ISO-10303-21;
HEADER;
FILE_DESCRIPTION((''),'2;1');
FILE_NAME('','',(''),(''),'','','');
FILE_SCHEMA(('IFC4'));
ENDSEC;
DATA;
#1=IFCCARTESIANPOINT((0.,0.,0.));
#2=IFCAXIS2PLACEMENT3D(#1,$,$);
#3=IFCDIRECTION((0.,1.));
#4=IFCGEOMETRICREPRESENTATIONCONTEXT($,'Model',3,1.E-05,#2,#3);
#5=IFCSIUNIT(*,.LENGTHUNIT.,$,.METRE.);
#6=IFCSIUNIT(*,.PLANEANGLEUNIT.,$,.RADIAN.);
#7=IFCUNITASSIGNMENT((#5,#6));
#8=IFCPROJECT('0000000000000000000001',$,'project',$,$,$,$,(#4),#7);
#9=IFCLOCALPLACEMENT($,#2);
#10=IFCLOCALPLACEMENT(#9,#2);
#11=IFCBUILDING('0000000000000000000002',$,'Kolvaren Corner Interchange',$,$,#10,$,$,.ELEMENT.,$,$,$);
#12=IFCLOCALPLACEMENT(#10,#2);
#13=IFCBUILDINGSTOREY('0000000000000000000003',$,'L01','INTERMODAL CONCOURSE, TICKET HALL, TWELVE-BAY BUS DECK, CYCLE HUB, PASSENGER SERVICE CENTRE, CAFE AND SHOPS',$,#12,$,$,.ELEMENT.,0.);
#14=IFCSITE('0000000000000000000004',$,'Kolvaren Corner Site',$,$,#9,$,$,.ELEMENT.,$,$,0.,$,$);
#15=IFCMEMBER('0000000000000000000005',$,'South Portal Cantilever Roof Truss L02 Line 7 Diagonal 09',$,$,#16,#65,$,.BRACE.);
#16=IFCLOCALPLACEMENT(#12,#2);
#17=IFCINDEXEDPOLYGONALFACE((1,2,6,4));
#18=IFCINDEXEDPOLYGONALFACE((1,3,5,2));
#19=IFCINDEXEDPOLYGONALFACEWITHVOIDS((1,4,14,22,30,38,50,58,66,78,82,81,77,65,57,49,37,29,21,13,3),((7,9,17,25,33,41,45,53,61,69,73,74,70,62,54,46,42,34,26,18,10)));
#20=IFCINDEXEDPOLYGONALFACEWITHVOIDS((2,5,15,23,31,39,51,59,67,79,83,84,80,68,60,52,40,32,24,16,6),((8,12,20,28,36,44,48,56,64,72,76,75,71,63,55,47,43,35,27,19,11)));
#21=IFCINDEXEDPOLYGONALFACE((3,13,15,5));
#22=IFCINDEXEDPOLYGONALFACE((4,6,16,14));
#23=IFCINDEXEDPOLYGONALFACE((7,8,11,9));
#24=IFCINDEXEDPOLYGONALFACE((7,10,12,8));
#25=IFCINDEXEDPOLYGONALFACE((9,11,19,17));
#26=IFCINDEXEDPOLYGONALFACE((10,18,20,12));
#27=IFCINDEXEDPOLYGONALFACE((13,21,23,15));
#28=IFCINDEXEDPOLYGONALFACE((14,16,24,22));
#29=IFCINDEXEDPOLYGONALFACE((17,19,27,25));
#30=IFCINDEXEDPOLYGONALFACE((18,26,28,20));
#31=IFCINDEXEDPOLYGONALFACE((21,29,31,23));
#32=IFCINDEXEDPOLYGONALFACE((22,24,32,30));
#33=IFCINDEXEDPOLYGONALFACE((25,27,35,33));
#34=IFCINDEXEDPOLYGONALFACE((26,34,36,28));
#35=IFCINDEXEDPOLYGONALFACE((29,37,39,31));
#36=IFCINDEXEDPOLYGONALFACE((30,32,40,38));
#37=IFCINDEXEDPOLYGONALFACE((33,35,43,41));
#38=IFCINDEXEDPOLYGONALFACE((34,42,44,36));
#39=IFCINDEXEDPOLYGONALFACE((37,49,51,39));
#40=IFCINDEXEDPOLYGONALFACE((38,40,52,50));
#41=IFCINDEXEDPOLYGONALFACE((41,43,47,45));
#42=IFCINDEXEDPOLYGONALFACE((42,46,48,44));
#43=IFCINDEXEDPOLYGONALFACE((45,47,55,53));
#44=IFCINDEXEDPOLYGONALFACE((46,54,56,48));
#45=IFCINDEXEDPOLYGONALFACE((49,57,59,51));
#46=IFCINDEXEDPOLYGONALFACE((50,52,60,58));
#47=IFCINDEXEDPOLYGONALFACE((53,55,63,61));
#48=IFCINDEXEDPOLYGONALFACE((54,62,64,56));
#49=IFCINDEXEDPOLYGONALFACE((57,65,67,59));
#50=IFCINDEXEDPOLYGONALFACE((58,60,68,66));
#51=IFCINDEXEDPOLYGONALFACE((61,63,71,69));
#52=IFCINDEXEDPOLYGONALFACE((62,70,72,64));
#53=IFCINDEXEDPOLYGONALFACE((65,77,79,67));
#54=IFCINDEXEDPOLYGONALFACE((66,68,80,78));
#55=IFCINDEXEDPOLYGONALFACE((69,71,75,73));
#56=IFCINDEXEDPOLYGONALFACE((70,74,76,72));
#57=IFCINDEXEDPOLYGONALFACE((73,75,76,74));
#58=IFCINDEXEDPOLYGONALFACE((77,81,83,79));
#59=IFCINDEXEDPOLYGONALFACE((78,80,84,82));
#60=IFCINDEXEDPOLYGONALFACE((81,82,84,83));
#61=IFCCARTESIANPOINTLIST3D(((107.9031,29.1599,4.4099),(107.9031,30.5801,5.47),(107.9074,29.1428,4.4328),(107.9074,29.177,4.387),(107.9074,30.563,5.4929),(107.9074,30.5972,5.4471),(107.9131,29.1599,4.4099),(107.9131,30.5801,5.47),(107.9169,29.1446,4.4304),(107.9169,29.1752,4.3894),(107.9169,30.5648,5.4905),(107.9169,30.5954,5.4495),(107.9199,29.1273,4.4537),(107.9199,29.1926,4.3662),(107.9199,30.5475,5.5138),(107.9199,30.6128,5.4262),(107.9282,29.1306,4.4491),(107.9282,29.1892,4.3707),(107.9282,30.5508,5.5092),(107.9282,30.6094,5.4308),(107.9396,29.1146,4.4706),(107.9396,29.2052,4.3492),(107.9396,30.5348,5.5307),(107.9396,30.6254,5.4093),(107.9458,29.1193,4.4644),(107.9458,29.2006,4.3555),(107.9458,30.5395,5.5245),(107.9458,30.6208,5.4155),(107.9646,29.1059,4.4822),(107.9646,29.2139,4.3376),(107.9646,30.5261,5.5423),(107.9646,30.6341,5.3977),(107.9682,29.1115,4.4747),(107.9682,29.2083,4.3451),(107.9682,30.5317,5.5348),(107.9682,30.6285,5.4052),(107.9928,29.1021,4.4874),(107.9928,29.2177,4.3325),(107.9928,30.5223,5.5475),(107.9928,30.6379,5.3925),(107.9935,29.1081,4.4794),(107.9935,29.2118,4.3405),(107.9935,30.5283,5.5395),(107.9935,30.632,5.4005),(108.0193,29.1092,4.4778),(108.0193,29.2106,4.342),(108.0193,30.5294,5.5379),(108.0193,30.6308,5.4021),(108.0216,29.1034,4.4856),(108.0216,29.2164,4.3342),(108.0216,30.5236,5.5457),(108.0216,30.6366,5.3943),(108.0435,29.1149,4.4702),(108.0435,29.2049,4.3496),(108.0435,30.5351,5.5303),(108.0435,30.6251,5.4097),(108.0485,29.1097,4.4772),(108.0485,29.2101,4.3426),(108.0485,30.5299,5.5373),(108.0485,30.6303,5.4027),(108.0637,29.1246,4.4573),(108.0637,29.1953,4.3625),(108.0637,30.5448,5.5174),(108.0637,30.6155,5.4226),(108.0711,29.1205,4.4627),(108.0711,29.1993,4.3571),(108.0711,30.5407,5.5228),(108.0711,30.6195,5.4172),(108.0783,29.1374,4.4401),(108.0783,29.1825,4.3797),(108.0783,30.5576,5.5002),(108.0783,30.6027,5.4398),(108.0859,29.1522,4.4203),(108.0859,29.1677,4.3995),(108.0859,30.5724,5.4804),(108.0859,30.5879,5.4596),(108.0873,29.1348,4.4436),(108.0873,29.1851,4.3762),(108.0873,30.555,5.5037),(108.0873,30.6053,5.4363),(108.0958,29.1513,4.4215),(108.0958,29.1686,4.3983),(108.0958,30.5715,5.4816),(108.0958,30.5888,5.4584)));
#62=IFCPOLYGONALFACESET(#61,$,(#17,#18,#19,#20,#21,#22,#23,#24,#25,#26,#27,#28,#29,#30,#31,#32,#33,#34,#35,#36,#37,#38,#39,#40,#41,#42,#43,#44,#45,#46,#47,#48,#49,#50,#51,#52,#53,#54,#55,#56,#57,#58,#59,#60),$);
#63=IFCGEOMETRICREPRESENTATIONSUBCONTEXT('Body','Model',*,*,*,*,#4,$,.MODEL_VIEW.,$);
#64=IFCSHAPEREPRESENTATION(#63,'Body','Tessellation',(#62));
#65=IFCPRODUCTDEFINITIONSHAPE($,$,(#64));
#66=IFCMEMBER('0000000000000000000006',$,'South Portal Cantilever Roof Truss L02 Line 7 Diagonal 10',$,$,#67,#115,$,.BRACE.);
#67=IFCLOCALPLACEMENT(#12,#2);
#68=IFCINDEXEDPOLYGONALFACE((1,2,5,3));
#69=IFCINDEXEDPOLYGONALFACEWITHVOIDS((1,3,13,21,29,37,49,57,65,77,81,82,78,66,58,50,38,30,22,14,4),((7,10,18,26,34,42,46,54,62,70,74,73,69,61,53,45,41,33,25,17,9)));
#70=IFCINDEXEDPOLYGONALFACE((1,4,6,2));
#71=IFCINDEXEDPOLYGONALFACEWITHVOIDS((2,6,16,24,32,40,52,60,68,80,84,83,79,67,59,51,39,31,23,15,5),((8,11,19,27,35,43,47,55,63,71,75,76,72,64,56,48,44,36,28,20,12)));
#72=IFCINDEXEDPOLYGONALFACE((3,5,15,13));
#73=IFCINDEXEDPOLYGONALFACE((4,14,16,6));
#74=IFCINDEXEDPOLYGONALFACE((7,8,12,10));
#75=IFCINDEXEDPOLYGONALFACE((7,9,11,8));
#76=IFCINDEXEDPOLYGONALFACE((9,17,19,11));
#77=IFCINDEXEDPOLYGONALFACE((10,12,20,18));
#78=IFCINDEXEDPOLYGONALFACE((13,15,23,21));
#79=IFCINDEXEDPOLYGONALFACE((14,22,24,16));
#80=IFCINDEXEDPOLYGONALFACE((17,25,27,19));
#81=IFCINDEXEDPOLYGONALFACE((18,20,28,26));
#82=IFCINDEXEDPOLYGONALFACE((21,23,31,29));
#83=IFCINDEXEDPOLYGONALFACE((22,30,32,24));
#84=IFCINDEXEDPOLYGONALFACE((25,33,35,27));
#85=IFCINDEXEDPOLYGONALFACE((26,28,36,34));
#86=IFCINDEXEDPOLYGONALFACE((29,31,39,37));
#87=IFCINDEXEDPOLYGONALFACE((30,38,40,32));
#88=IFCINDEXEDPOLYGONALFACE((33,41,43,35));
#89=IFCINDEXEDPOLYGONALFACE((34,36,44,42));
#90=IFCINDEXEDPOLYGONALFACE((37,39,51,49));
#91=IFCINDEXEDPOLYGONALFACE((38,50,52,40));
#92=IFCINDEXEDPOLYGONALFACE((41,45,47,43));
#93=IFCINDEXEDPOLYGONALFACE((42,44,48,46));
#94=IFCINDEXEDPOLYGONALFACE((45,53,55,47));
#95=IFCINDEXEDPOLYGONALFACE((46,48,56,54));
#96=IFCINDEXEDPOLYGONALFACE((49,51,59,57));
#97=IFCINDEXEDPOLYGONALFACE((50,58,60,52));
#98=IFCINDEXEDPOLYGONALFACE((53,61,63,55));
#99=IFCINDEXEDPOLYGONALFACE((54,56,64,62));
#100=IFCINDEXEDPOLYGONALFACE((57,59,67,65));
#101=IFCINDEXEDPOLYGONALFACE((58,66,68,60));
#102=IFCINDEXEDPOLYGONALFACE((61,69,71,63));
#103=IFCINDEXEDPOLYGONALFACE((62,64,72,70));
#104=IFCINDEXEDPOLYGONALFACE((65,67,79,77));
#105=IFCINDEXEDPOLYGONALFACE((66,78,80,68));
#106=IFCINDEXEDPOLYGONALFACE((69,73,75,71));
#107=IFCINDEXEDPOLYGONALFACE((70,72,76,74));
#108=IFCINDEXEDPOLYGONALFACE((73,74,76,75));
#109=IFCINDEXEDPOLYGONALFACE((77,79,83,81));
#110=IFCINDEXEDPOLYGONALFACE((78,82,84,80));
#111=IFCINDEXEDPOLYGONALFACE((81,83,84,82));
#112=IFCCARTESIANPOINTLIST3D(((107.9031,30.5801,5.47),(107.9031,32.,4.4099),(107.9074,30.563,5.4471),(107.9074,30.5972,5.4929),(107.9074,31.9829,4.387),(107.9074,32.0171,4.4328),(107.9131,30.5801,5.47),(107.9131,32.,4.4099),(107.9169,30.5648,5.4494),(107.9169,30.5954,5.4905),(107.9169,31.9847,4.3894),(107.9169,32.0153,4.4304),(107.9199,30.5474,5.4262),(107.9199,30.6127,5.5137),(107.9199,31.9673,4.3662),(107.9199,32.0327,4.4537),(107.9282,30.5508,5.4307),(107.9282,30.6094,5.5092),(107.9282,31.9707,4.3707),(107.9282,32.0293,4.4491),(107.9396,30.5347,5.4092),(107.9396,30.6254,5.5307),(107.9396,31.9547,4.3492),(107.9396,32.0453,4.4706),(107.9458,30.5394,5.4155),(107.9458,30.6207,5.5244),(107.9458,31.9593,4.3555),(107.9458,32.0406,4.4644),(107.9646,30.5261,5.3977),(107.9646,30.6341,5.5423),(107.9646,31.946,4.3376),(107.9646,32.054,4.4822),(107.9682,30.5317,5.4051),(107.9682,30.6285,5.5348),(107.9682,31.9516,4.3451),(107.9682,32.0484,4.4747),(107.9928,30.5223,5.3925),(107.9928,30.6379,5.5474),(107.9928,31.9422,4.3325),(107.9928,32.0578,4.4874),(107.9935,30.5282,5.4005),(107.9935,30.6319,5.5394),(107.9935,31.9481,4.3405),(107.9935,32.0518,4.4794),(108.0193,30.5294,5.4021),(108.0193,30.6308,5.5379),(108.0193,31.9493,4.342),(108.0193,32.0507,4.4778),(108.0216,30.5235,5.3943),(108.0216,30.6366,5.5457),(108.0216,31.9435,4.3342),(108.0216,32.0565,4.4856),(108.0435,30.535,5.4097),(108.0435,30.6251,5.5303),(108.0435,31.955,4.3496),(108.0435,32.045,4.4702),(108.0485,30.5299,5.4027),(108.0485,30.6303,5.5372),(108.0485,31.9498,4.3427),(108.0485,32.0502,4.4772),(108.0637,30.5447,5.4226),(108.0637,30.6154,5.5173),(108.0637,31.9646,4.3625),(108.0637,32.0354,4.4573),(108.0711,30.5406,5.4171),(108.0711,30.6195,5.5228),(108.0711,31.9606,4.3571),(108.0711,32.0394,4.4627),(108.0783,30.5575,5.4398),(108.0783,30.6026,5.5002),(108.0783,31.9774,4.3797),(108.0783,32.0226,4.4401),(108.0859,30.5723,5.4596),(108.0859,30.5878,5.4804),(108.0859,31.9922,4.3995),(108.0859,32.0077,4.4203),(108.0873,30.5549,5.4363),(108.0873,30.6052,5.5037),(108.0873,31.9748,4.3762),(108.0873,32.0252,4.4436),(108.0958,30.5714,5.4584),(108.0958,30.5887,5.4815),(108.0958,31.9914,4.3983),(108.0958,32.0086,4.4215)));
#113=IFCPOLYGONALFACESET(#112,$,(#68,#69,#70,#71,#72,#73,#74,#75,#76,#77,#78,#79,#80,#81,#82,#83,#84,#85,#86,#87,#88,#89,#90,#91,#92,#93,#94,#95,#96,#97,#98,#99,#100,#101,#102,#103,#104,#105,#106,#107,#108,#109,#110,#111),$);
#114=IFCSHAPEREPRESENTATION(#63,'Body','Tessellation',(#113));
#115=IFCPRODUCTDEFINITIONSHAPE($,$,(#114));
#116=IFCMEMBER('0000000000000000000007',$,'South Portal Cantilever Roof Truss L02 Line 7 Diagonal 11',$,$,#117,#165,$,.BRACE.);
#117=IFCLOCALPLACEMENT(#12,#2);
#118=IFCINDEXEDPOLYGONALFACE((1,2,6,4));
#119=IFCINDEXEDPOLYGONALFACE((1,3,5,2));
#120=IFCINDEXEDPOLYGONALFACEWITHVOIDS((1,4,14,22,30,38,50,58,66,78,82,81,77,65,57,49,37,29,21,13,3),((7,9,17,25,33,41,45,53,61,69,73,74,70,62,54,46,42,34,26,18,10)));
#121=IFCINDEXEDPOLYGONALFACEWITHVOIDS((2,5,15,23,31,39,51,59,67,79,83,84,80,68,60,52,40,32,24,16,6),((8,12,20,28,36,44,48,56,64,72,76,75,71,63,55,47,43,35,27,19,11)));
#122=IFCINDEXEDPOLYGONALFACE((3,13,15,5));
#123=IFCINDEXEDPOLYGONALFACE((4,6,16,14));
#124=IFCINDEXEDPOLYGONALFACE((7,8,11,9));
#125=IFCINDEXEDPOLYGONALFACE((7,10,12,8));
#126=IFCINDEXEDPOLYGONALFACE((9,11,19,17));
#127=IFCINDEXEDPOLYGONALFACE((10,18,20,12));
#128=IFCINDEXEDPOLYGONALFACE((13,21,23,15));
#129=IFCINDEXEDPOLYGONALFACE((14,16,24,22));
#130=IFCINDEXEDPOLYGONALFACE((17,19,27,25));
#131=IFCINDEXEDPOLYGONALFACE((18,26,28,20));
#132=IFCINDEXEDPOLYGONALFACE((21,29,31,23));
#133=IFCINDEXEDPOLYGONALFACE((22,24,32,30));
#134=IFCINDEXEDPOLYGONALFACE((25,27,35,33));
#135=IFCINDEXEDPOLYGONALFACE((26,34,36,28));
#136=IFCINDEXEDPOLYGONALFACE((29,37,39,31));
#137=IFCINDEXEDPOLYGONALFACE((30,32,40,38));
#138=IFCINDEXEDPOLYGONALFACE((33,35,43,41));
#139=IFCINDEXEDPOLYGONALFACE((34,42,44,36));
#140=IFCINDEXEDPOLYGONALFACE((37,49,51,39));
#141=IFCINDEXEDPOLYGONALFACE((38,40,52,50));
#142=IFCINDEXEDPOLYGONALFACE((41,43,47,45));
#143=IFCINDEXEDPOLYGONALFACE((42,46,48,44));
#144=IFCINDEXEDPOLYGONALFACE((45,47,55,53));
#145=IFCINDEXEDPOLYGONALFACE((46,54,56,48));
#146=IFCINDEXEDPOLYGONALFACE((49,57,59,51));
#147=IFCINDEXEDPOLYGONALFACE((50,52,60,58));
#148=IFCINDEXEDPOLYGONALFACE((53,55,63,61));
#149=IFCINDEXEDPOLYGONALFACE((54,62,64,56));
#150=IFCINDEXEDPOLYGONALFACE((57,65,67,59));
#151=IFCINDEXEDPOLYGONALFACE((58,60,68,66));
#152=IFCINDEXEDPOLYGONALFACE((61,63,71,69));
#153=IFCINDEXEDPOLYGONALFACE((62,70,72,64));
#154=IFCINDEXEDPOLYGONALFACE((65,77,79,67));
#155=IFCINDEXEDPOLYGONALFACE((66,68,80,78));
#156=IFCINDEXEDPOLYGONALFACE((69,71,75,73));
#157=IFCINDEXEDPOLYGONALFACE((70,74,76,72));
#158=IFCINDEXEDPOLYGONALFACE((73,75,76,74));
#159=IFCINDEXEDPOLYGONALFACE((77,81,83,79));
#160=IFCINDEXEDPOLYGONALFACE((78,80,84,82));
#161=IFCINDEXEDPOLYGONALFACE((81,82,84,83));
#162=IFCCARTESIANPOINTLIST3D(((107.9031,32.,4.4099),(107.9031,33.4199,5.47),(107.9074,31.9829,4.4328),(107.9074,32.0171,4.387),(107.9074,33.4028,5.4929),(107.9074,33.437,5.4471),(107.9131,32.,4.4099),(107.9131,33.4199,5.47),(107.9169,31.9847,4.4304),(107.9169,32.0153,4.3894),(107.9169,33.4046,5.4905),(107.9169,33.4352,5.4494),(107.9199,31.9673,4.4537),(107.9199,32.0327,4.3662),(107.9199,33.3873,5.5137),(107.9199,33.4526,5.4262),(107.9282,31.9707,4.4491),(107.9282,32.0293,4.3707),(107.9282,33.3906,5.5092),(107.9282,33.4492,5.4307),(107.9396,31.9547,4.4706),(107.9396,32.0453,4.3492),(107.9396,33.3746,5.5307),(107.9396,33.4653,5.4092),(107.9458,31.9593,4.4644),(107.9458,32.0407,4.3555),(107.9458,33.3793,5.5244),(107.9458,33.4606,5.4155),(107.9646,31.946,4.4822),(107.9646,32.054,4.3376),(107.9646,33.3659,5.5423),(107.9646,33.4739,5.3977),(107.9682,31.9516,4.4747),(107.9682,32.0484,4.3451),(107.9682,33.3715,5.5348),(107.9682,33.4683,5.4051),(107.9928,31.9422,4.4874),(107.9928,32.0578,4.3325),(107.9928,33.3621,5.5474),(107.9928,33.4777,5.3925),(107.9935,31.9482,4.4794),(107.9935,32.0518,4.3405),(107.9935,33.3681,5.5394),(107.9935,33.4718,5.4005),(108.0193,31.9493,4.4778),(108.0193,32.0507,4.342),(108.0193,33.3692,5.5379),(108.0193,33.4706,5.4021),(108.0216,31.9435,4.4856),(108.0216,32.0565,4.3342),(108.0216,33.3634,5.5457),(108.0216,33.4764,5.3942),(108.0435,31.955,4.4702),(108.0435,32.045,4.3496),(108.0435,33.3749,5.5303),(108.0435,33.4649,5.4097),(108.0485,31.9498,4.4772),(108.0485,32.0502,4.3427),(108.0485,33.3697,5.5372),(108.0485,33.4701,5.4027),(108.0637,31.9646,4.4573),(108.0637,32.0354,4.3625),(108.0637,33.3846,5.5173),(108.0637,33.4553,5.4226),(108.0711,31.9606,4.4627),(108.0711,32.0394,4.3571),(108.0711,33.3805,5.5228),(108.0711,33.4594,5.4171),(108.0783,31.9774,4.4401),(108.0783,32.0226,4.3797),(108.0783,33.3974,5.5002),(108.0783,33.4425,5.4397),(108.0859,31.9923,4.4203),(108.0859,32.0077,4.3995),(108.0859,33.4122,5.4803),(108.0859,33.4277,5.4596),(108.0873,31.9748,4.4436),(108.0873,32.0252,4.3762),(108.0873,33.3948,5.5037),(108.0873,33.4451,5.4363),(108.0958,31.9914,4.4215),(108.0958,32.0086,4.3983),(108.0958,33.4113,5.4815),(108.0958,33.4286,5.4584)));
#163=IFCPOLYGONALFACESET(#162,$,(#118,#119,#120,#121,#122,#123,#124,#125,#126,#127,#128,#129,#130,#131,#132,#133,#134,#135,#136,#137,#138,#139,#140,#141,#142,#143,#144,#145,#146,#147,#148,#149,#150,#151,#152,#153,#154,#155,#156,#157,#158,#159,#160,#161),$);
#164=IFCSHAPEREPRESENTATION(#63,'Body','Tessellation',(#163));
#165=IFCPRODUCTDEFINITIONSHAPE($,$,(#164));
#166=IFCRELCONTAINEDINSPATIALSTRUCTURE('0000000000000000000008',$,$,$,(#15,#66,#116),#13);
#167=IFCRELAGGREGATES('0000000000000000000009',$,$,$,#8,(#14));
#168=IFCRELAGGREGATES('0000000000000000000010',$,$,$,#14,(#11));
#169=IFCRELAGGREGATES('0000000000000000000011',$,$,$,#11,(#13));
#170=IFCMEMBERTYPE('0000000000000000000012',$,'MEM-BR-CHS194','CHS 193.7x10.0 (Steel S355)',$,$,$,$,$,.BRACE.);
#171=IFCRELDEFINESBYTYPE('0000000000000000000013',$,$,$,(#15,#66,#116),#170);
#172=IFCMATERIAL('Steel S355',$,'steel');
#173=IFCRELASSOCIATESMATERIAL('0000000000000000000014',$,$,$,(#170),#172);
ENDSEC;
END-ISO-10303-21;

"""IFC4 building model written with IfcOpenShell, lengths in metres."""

from ifc_helpers import new_model, si_unit, direction, frame, origin, origin_2d, place, context, subcontext, project, spatial, hollow_circle, extrude, material, material_profile, profile_set, type_object, element, save


model = new_model("IFC4")

# Units and contexts
model_context = context("Model", 3, precision=1e-05, world=origin(), true_north=direction((0.0, 1.0)))
body_context = subcontext(model_context, "Body", "Model", "MODEL_VIEW")
ifc_project = project(units=[si_unit("LENGTHUNIT", "METRE"), si_unit("PLANEANGLEUNIT", "RADIAN")], contexts=[model_context])

# Site, building, storey
site_placement = place(None, origin())
site = spatial("IfcSite", under=ifc_project, at=site_placement, Name="Kolvaren Corner Site", CompositionType="ELEMENT", RefElevation=0.0)
building_placement = place(site_placement, origin())
building = spatial("IfcBuilding", under=site, at=building_placement, Name="Kolvaren Corner Interchange", CompositionType="ELEMENT")
storey_placement = place(building_placement, origin())
storey = spatial("IfcBuildingStorey", under=building, at=storey_placement, Name="L01", Description="INTERMODAL CONCOURSE, TICKET HALL, TWELVE-BAY BUS DECK, CYCLE HUB, PASSENGER SERVICE CENTRE, CAFE AND SHOPS", CompositionType="ELEMENT", Elevation=0.0)

# Members
ifc_material_1 = material(Name="Steel S355", Category="steel")
ifc_material_profile_1 = material_profile(ifc_material_1, hollow_circle(Radius=0.0969, WallThickness=0.01, at=origin_2d()), Name="CHS 193.7x10.0")
ifc_profile_set_1 = profile_set([ifc_material_profile_1], Name="Steel S355")
member_type_1 = type_object("IfcMemberType", Name="MEM-BR-CHS194", Description="CHS 193.7x10.0 (Steel S355)", PredefinedType="BRACE", material=ifc_profile_set_1)
member_1_placement = place(storey_placement, frame((108.0, 29.1599, 4.4099), z_axis=(0.0, 0.80137, 0.598169), x_axis=(-1.0, 0.0, 0.0)))
element("IfcMember", 1, at=member_1_placement, inside=storey, type_object=member_type_1, Name="South Portal Cantilever Roof Truss L02 Line 7 Diagonal 09", PredefinedType="BRACE", context=body_context, shape_type="SweptSolid", body=[
    extrude(hollow_circle(Radius=0.0969, WallThickness=0.01, at=origin_2d()), origin(), (0.0, 0.0, 1.0), 1.7722),
])
for number, where, z_axis, x_axis, name in (
    (2, (108.0, 30.5801, 5.47), (0.0, 0.801321, -0.598235), (-1.0, 0.0, 0.0), "South Portal Cantilever Roof Truss L02 Line 7 Diagonal 10"),
    (3, (108.0, 32.0, 4.4099), (0.0, 0.801321, 0.598235), (-1.0, 0.0, 0.0), "South Portal Cantilever Roof Truss L02 Line 7 Diagonal 11"),
):
    element("IfcMember", number, at=place(storey_placement, frame(where, z_axis=z_axis, x_axis=x_axis)), inside=storey, type_object=member_type_1, Name=name, PredefinedType="BRACE", context=body_context, shape_type="SweptSolid", body=[
        extrude(hollow_circle(Radius=0.0969, WallThickness=0.01, at=origin_2d()), origin(), (0.0, 0.0, 1.0), 1.772),
    ])

save(model, "model.ifc")
